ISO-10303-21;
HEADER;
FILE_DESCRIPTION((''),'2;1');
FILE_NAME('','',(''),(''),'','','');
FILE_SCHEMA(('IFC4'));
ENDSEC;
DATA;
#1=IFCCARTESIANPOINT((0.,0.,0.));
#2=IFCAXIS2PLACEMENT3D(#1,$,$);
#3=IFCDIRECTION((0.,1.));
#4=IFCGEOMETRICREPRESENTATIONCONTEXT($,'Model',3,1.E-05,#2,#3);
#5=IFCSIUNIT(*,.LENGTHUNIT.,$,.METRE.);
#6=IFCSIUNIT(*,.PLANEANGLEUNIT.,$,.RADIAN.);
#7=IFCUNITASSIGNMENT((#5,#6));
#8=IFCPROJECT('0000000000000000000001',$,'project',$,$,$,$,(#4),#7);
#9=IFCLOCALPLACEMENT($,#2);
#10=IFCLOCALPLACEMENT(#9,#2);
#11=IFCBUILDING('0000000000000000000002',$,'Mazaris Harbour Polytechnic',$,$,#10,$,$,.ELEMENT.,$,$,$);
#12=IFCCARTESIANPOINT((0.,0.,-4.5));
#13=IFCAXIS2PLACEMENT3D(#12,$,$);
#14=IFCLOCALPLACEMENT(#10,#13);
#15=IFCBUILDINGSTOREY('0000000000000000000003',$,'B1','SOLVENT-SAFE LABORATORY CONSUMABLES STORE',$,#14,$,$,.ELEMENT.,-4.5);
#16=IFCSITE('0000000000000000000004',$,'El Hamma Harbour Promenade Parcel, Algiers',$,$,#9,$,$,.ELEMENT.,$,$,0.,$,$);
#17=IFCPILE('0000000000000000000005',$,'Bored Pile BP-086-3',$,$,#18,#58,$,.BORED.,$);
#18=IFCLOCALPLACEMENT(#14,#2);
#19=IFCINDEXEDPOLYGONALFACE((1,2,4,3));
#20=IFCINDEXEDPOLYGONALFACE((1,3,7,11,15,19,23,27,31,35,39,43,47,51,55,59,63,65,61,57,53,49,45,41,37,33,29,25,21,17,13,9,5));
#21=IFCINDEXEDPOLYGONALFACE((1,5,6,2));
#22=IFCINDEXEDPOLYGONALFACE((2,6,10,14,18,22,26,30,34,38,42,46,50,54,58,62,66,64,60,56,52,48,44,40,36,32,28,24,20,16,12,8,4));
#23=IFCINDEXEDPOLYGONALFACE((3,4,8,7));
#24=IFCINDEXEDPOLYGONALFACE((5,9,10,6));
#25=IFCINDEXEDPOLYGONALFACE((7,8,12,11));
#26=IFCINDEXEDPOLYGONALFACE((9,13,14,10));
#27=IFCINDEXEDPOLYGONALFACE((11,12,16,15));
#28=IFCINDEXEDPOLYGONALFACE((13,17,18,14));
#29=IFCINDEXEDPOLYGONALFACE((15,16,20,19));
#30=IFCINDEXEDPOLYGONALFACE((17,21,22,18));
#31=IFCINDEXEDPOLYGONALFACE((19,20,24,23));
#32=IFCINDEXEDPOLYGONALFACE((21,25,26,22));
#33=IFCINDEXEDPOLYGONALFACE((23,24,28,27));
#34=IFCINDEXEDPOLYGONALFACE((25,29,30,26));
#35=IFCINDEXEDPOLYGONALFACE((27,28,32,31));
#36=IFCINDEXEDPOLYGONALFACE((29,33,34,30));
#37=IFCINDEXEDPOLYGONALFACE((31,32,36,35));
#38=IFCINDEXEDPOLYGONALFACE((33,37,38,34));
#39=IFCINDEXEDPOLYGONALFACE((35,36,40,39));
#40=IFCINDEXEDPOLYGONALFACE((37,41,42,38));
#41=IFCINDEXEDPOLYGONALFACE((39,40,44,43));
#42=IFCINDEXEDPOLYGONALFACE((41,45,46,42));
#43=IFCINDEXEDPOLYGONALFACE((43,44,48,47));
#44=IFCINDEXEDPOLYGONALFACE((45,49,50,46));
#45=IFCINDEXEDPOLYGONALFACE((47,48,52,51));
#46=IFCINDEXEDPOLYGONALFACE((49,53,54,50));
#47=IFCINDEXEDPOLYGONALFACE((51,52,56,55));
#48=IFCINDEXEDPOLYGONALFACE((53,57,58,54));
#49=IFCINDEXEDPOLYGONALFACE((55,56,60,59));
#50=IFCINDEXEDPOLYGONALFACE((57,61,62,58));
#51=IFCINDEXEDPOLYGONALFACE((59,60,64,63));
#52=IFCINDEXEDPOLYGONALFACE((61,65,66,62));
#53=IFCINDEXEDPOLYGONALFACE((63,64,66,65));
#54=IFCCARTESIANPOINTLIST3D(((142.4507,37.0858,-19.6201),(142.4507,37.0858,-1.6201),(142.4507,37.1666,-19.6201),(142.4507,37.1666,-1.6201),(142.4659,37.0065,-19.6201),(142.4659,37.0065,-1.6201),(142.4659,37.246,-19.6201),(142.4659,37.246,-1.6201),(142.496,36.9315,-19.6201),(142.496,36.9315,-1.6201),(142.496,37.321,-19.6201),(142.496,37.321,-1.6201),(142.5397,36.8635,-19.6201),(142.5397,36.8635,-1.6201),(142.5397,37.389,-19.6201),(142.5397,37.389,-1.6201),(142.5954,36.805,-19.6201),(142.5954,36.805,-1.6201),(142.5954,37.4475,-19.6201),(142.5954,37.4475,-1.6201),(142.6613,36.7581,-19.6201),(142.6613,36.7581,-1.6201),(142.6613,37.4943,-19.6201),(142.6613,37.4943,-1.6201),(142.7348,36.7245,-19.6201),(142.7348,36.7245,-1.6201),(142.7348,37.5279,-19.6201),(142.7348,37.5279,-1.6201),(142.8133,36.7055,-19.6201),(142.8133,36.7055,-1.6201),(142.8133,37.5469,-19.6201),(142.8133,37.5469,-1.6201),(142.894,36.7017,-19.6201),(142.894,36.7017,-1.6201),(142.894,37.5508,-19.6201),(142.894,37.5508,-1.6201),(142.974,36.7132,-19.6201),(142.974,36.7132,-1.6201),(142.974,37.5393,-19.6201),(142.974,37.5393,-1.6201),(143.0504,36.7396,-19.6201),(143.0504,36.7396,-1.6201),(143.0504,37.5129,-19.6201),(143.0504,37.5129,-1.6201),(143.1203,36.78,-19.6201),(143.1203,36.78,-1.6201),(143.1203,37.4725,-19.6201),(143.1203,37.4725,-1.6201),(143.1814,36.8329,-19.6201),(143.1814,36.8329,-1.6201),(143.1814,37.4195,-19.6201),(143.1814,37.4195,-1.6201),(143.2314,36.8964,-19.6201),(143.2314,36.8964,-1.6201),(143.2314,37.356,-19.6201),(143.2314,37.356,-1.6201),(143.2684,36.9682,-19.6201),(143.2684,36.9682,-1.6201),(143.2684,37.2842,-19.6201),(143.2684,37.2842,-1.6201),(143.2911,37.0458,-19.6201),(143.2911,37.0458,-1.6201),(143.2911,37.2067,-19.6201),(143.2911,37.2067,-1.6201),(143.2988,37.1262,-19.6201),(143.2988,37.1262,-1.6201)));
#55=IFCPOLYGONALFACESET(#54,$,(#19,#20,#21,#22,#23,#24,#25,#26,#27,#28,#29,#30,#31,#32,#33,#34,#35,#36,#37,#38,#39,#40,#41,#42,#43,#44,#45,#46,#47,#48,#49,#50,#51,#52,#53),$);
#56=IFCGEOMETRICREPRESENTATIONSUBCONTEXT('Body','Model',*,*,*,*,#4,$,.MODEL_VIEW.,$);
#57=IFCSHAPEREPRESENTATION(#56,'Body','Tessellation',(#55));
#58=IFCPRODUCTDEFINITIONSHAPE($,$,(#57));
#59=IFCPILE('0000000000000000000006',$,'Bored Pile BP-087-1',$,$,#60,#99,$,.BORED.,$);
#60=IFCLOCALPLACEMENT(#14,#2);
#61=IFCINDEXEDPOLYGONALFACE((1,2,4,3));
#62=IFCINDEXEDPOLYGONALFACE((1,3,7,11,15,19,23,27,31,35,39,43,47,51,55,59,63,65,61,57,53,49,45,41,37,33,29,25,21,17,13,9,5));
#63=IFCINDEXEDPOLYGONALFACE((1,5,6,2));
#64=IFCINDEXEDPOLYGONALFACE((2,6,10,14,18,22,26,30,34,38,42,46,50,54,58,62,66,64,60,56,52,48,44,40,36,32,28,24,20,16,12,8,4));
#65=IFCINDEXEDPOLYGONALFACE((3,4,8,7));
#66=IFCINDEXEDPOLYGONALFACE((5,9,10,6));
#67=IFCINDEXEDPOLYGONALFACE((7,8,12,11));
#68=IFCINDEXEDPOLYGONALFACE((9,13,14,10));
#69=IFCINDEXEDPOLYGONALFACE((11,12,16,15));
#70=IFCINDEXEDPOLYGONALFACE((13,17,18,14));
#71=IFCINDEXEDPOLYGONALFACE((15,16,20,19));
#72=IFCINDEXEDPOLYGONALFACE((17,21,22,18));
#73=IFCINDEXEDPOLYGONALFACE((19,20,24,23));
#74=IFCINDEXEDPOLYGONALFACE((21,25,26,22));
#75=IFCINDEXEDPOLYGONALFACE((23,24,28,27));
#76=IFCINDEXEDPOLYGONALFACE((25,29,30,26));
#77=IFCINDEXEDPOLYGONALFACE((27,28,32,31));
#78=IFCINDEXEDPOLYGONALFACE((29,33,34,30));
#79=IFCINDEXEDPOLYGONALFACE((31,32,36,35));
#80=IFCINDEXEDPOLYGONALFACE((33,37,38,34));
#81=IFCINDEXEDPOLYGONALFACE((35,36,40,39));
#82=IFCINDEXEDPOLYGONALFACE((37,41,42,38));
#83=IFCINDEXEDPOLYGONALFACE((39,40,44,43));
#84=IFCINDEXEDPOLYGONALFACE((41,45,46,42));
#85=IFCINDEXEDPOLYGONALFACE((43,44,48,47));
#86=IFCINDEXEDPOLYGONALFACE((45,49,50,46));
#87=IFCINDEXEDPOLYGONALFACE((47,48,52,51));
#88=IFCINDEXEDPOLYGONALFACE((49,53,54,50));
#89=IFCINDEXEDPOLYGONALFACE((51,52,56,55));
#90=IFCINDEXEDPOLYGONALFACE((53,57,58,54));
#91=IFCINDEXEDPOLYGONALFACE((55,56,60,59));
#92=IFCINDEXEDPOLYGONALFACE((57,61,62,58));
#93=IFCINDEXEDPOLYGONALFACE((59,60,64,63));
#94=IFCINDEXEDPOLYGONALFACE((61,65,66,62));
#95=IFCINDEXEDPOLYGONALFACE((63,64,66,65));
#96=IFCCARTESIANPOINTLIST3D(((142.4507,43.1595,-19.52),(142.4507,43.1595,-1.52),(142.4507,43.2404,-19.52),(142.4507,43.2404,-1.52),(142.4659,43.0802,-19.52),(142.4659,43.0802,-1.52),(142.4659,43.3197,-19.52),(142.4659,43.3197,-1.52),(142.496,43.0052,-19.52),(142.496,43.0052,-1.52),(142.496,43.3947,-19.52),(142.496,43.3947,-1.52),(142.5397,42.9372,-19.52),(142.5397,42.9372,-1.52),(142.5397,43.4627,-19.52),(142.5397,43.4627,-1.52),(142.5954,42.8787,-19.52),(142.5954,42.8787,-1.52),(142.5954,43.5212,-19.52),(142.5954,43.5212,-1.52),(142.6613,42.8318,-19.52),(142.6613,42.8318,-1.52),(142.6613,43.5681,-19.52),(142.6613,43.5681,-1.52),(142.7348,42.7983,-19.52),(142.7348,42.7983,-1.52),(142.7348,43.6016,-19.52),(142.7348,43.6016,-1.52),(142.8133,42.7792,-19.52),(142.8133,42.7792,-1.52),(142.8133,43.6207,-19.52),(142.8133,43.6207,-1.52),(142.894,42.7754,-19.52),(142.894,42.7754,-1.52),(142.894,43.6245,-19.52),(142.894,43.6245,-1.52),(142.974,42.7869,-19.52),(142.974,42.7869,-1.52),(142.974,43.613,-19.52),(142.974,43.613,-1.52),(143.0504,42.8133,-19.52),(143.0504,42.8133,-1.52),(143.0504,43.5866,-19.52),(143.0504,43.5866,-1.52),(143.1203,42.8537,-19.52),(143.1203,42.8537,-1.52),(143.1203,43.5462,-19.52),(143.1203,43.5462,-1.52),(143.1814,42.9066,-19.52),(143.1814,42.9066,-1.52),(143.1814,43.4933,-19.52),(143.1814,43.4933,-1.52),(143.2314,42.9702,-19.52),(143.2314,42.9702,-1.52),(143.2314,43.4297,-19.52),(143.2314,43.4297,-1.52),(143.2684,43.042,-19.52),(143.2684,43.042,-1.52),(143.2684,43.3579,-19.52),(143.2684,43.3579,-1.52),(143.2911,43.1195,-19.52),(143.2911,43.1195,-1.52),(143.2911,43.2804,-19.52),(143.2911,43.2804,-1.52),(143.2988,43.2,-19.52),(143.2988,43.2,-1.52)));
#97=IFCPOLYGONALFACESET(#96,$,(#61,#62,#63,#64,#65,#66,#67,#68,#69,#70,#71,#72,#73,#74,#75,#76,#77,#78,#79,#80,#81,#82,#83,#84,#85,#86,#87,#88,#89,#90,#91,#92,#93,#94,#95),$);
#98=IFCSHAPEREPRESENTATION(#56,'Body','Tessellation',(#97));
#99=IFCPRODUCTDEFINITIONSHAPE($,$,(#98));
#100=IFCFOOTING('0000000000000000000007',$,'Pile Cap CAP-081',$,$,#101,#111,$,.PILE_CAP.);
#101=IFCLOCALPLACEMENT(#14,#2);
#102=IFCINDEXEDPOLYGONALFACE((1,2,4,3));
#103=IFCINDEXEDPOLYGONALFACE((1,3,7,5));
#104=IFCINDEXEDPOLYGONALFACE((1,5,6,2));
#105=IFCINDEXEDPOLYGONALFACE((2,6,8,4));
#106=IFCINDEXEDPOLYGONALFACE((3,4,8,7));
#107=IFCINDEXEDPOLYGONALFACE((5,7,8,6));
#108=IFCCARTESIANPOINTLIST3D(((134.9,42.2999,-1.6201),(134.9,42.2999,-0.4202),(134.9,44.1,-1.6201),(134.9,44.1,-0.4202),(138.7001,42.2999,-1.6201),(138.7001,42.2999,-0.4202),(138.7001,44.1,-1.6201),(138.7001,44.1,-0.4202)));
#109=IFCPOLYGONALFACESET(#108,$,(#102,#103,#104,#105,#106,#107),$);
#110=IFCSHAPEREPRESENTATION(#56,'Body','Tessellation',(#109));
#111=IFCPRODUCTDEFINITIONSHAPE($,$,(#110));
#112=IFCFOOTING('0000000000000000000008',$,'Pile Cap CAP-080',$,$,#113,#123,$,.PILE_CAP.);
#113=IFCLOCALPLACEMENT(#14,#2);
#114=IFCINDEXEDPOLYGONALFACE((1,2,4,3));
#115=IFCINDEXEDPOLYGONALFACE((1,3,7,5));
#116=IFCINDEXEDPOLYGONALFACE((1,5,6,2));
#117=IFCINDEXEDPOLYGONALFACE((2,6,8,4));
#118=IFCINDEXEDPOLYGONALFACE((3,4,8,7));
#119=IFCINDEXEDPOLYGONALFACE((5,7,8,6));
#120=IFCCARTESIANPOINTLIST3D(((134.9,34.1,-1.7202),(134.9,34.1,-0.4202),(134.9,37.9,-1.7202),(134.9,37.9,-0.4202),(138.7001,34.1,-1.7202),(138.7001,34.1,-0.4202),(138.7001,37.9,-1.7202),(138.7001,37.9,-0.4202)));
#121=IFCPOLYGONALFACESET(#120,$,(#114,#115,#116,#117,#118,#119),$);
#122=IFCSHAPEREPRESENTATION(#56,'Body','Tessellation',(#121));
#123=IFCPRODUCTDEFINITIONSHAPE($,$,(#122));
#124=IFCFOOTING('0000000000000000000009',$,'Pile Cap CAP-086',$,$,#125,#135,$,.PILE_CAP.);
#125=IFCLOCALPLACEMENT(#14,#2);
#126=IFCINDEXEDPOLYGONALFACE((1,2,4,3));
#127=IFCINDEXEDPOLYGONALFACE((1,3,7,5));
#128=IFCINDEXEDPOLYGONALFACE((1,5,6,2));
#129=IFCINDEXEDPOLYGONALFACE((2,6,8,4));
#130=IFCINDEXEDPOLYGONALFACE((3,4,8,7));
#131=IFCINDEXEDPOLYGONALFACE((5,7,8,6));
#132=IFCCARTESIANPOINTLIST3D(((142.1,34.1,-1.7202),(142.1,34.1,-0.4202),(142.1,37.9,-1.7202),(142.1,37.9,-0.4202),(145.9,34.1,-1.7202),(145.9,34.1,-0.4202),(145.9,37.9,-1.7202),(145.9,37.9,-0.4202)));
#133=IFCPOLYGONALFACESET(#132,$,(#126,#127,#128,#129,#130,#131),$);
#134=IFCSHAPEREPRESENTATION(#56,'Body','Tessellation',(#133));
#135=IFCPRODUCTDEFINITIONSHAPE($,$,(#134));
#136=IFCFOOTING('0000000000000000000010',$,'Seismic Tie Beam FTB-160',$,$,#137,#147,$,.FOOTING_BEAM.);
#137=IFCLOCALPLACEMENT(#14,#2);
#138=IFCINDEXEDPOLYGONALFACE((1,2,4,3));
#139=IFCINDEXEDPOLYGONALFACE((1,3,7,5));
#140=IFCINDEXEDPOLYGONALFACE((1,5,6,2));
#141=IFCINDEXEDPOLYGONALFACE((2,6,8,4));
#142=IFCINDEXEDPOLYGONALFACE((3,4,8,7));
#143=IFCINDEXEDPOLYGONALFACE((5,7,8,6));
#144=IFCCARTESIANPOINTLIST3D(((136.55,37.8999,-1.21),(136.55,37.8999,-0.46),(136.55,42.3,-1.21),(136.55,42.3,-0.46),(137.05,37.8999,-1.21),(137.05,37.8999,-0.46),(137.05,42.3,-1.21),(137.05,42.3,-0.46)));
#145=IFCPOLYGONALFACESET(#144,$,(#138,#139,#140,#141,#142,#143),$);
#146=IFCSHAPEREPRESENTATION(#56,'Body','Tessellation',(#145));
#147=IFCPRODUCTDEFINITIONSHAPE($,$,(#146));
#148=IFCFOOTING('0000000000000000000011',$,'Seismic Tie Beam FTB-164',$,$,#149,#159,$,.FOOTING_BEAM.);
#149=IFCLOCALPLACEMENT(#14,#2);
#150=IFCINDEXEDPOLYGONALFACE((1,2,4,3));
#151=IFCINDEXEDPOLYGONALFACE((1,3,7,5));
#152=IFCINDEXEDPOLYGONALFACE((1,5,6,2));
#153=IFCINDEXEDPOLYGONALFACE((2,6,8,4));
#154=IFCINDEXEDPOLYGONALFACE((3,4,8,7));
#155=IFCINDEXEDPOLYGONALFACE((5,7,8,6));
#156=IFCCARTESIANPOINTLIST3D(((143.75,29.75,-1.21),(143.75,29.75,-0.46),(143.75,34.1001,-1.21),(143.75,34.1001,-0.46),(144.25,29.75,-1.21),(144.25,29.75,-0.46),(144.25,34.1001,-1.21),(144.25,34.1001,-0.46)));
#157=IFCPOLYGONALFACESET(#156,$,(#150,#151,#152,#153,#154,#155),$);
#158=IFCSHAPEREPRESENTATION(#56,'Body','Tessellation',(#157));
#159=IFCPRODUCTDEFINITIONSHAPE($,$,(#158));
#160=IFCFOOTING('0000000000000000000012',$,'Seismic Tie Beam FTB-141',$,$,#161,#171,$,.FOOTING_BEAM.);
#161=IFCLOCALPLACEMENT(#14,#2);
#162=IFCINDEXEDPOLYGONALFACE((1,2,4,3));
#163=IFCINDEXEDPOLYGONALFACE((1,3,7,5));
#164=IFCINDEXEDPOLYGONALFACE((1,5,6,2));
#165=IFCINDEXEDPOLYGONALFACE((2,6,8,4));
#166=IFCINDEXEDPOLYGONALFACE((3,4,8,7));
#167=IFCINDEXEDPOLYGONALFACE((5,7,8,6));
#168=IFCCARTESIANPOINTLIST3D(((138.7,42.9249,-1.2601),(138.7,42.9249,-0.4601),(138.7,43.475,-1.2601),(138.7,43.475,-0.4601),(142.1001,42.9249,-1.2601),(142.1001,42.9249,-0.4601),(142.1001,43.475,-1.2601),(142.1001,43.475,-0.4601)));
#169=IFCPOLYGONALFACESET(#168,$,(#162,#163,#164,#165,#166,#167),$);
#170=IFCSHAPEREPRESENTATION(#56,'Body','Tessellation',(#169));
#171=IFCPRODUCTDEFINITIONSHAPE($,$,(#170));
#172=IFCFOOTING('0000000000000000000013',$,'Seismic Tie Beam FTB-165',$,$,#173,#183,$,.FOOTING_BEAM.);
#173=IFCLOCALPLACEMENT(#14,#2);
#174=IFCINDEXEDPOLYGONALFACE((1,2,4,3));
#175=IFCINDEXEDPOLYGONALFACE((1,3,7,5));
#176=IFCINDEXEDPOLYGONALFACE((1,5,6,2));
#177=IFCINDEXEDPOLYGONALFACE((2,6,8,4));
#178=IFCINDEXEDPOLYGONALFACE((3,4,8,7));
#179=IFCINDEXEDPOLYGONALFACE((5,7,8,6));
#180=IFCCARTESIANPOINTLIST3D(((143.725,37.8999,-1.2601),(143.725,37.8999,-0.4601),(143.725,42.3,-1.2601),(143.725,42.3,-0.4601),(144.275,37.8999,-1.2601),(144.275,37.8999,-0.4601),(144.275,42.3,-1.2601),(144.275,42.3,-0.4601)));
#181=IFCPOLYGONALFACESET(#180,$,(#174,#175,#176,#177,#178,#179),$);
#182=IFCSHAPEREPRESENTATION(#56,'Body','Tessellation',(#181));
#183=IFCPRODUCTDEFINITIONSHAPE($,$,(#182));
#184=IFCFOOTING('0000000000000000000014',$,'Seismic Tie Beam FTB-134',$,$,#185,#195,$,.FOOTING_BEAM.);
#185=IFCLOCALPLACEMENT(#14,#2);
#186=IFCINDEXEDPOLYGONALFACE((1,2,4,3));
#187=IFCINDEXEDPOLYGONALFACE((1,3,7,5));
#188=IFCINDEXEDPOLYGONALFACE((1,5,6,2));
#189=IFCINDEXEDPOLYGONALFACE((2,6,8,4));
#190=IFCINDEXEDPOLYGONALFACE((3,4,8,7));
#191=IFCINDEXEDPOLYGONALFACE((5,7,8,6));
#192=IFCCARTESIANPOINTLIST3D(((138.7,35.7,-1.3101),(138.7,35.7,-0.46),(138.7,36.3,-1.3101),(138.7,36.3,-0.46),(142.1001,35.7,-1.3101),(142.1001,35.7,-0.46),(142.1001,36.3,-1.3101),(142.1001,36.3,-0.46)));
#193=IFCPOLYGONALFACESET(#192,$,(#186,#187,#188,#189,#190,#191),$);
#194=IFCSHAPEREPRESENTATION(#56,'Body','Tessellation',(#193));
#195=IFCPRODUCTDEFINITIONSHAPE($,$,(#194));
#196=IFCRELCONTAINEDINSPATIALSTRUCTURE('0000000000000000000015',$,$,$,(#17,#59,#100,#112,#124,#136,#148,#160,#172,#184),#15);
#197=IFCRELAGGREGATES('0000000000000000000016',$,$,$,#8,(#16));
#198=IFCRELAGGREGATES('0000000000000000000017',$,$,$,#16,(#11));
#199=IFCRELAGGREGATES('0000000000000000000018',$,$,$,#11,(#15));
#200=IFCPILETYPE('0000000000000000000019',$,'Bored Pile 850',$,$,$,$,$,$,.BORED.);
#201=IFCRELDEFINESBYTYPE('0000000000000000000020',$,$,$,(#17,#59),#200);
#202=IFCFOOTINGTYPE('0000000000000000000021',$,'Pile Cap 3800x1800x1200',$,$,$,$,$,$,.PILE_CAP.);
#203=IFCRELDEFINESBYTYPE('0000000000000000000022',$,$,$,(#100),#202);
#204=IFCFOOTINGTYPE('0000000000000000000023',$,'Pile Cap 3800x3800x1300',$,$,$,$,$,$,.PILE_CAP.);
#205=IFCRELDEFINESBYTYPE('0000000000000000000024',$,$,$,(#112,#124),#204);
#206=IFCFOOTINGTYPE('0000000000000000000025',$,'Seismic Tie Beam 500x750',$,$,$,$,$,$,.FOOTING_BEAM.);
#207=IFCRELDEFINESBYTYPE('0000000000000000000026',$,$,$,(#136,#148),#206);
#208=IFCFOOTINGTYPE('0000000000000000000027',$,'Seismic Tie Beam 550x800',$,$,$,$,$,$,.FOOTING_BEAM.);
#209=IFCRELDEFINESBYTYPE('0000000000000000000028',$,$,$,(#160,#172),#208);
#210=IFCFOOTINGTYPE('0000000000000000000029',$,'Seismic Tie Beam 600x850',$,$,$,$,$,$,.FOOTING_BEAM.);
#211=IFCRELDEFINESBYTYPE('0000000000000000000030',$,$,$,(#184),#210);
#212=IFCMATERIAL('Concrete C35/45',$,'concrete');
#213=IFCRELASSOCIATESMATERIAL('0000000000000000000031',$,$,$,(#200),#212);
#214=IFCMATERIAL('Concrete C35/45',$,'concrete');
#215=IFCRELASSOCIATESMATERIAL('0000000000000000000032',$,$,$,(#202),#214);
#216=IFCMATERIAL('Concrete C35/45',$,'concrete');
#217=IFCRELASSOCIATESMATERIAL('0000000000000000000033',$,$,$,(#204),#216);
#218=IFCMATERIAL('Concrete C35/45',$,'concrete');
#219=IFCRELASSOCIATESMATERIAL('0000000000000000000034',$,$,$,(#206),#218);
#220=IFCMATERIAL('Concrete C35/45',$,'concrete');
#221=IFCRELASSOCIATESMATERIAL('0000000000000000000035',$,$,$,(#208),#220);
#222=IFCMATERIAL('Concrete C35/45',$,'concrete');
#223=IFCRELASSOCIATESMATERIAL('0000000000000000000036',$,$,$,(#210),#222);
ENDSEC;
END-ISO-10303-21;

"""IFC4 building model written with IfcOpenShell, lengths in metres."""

from ifc_helpers import new_model, si_unit, direction, frame, origin, origin_2d, place, context, subcontext, project, spatial, rectangle, circle, extrude, material, material_profile, profile_set, type_object, element, save


model = new_model("IFC4")

# Units and contexts
model_context = context("Model", 3, precision=1e-05, world=origin(), true_north=direction((0.0, 1.0)))
body_context = subcontext(model_context, "Body", "Model", "MODEL_VIEW")
ifc_project = project(units=[si_unit("LENGTHUNIT", "METRE"), si_unit("PLANEANGLEUNIT", "RADIAN")], contexts=[model_context])

# Site, building, storey
site_placement = place(None, origin())
site = spatial("IfcSite", under=ifc_project, at=site_placement, Name="El Hamma Harbour Promenade Parcel, Algiers", CompositionType="ELEMENT", RefElevation=0.0)
building_placement = place(site_placement, origin())
building = spatial("IfcBuilding", under=site, at=building_placement, Name="Mazaris Harbour Polytechnic", CompositionType="ELEMENT")
storey_placement = place(building_placement, frame((0.0, 0.0, -4.5)))
storey = spatial("IfcBuildingStorey", under=building, at=storey_placement, Name="B1", Description="SOLVENT-SAFE LABORATORY CONSUMABLES STORE", CompositionType="ELEMENT", Elevation=-4.5)

# Piles
ifc_material_1 = material(Name="Concrete C35/45", Category="concrete")
ifc_material_profile_1 = material_profile(ifc_material_1, circle(Radius=0.425, at=origin_2d()), Name="DIA850")
ifc_profile_set_1 = profile_set([ifc_material_profile_1], Name="Concrete C35/45")
pile_type = type_object("IfcPileType", Name="Bored Pile 850", PredefinedType="BORED", material=ifc_profile_set_1)
for number, where, z_axis, x_axis, name in (
    (1, (142.8738, 37.1262, -1.6201), (0.0, 0.0, -1.0), (1.0, 0.0, 0.0), "Bored Pile BP-086-3"),
    (2, (142.8738, 43.2, -1.52), (0.0, 0.0, -1.0), (1.0, 0.0, 0.0), "Bored Pile BP-087-1"),
):
    element("IfcPile", number, at=place(storey_placement, frame(where, z_axis=z_axis, x_axis=x_axis)), inside=storey, type_object=pile_type, Name=name, PredefinedType="BORED", context=body_context, shape_type="SweptSolid", body=[
        extrude(circle(Radius=0.425, at=origin_2d()), origin(), (0.0, 0.0, 1.0), 18.0),
    ])

# Footings
ifc_material_2 = material(Name="Concrete C35/45", Category="concrete")
footing_type_1 = type_object("IfcFootingType", Name="Pile Cap 3800x1800x1200", PredefinedType="PILE_CAP", material=ifc_material_2)
footing_1_placement = place(storey_placement, frame((136.8, 43.2, -1.6201), z_axis=(0.0, 0.0, 1.0), x_axis=(1.0, 0.0, 0.0)))
element("IfcFooting", 3, at=footing_1_placement, inside=storey, type_object=footing_type_1, Name="Pile Cap CAP-081", PredefinedType="PILE_CAP", context=body_context, shape_type="SweptSolid", body=[
    extrude(rectangle(XDim=3.8, YDim=1.8, at=origin_2d()), origin(), (0.0, 0.0, 1.0), 1.2),
])
ifc_material_3 = material(Name="Concrete C35/45", Category="concrete")
footing_type_2 = type_object("IfcFootingType", Name="Pile Cap 3800x3800x1300", PredefinedType="PILE_CAP", material=ifc_material_3)
for number, where, z_axis, x_axis, name in (
    (4, (136.8, 36.0, -1.7202), (0.0, 0.0, 1.0), (1.0, 0.0, 0.0), "Pile Cap CAP-080"),
    (5, (144.0, 36.0, -1.7202), (0.0, 0.0, 1.0), (1.0, 0.0, 0.0), "Pile Cap CAP-086"),
):
    element("IfcFooting", number, at=place(storey_placement, frame(where, z_axis=z_axis, x_axis=x_axis)), inside=storey, type_object=footing_type_2, Name=name, PredefinedType="PILE_CAP", context=body_context, shape_type="SweptSolid", body=[
        extrude(rectangle(XDim=3.8, YDim=3.8, at=origin_2d()), origin(), (0.0, 0.0, 1.0), 1.3),
    ])
ifc_material_4 = material(Name="Concrete C35/45", Category="concrete")
ifc_material_profile_2 = material_profile(ifc_material_4, rectangle(XDim=0.5, YDim=0.75, at=origin_2d()), Name="RECT500x750")
ifc_profile_set_2 = profile_set([ifc_material_profile_2], Name="Concrete C35/45")
footing_type_3 = type_object("IfcFootingType", Name="Seismic Tie Beam 500x750", PredefinedType="FOOTING_BEAM", material=ifc_profile_set_2)
footing_2_placement = place(storey_placement, frame((136.8, 37.8999, -0.835), z_axis=(0.0, 1.0, 0.0), x_axis=(-1.0, 0.0, 0.0)))
element("IfcFooting", 6, at=footing_2_placement, inside=storey, type_object=footing_type_3, Name="Seismic Tie Beam FTB-160", PredefinedType="FOOTING_BEAM", context=body_context, shape_type="SweptSolid", body=[
    extrude(rectangle(XDim=0.5, YDim=0.75, at=origin_2d()), origin(), (0.0, 0.0, 1.0), 4.4001),
])
footing_3_placement = place(storey_placement, frame((144.0, 29.75, -0.835), z_axis=(0.0, 1.0, 0.0), x_axis=(-1.0, 0.0, 0.0)))
element("IfcFooting", 7, at=footing_3_placement, inside=storey, type_object=footing_type_3, Name="Seismic Tie Beam FTB-164", PredefinedType="FOOTING_BEAM", context=body_context, shape_type="SweptSolid", body=[
    extrude(rectangle(XDim=0.5, YDim=0.75, at=origin_2d()), origin(), (0.0, 0.0, 1.0), 4.3501),
])
ifc_material_5 = material(Name="Concrete C35/45", Category="concrete")
ifc_material_profile_3 = material_profile(ifc_material_5, rectangle(XDim=0.55, YDim=0.8, at=origin_2d()), Name="RECT550x800")
ifc_profile_set_3 = profile_set([ifc_material_profile_3], Name="Concrete C35/45")
footing_type_4 = type_object("IfcFootingType", Name="Seismic Tie Beam 550x800", PredefinedType="FOOTING_BEAM", material=ifc_profile_set_3)
footing_4_placement = place(storey_placement, frame((138.7, 43.2, -0.8601), z_axis=(1.0, 0.0, 0.0), x_axis=(0.0, 1.0, 0.0)))
element("IfcFooting", 8, at=footing_4_placement, inside=storey, type_object=footing_type_4, Name="Seismic Tie Beam FTB-141", PredefinedType="FOOTING_BEAM", context=body_context, shape_type="SweptSolid", body=[
    extrude(rectangle(XDim=0.55, YDim=0.8, at=origin_2d()), origin(), (0.0, 0.0, 1.0), 3.4001),
])
footing_5_placement = place(storey_placement, frame((144.0, 37.8999, -0.8601), z_axis=(0.0, 1.0, 0.0), x_axis=(-1.0, 0.0, 0.0)))
element("IfcFooting", 9, at=footing_5_placement, inside=storey, type_object=footing_type_4, Name="Seismic Tie Beam FTB-165", PredefinedType="FOOTING_BEAM", context=body_context, shape_type="SweptSolid", body=[
    extrude(rectangle(XDim=0.55, YDim=0.8, at=origin_2d()), origin(), (0.0, 0.0, 1.0), 4.4001),
])
ifc_material_6 = material(Name="Concrete C35/45", Category="concrete")
ifc_material_profile_4 = material_profile(ifc_material_6, rectangle(XDim=0.6001, YDim=0.8501, at=origin_2d()), Name="RECT600x850")
ifc_profile_set_4 = profile_set([ifc_material_profile_4], Name="Concrete C35/45")
footing_type_5 = type_object("IfcFootingType", Name="Seismic Tie Beam 600x850", PredefinedType="FOOTING_BEAM", material=ifc_profile_set_4)
footing_6_placement = place(storey_placement, frame((138.7, 36.0, -0.885), z_axis=(1.0, 0.0, 0.0), x_axis=(0.0, 1.0, 0.0)))
element("IfcFooting", 10, at=footing_6_placement, inside=storey, type_object=footing_type_5, Name="Seismic Tie Beam FTB-134", PredefinedType="FOOTING_BEAM", context=body_context, shape_type="SweptSolid", body=[
    extrude(rectangle(XDim=0.6001, YDim=0.8501, at=origin_2d()), origin(), (0.0, 0.0, 1.0), 3.4001),
])

save(model, "model.ifc")
